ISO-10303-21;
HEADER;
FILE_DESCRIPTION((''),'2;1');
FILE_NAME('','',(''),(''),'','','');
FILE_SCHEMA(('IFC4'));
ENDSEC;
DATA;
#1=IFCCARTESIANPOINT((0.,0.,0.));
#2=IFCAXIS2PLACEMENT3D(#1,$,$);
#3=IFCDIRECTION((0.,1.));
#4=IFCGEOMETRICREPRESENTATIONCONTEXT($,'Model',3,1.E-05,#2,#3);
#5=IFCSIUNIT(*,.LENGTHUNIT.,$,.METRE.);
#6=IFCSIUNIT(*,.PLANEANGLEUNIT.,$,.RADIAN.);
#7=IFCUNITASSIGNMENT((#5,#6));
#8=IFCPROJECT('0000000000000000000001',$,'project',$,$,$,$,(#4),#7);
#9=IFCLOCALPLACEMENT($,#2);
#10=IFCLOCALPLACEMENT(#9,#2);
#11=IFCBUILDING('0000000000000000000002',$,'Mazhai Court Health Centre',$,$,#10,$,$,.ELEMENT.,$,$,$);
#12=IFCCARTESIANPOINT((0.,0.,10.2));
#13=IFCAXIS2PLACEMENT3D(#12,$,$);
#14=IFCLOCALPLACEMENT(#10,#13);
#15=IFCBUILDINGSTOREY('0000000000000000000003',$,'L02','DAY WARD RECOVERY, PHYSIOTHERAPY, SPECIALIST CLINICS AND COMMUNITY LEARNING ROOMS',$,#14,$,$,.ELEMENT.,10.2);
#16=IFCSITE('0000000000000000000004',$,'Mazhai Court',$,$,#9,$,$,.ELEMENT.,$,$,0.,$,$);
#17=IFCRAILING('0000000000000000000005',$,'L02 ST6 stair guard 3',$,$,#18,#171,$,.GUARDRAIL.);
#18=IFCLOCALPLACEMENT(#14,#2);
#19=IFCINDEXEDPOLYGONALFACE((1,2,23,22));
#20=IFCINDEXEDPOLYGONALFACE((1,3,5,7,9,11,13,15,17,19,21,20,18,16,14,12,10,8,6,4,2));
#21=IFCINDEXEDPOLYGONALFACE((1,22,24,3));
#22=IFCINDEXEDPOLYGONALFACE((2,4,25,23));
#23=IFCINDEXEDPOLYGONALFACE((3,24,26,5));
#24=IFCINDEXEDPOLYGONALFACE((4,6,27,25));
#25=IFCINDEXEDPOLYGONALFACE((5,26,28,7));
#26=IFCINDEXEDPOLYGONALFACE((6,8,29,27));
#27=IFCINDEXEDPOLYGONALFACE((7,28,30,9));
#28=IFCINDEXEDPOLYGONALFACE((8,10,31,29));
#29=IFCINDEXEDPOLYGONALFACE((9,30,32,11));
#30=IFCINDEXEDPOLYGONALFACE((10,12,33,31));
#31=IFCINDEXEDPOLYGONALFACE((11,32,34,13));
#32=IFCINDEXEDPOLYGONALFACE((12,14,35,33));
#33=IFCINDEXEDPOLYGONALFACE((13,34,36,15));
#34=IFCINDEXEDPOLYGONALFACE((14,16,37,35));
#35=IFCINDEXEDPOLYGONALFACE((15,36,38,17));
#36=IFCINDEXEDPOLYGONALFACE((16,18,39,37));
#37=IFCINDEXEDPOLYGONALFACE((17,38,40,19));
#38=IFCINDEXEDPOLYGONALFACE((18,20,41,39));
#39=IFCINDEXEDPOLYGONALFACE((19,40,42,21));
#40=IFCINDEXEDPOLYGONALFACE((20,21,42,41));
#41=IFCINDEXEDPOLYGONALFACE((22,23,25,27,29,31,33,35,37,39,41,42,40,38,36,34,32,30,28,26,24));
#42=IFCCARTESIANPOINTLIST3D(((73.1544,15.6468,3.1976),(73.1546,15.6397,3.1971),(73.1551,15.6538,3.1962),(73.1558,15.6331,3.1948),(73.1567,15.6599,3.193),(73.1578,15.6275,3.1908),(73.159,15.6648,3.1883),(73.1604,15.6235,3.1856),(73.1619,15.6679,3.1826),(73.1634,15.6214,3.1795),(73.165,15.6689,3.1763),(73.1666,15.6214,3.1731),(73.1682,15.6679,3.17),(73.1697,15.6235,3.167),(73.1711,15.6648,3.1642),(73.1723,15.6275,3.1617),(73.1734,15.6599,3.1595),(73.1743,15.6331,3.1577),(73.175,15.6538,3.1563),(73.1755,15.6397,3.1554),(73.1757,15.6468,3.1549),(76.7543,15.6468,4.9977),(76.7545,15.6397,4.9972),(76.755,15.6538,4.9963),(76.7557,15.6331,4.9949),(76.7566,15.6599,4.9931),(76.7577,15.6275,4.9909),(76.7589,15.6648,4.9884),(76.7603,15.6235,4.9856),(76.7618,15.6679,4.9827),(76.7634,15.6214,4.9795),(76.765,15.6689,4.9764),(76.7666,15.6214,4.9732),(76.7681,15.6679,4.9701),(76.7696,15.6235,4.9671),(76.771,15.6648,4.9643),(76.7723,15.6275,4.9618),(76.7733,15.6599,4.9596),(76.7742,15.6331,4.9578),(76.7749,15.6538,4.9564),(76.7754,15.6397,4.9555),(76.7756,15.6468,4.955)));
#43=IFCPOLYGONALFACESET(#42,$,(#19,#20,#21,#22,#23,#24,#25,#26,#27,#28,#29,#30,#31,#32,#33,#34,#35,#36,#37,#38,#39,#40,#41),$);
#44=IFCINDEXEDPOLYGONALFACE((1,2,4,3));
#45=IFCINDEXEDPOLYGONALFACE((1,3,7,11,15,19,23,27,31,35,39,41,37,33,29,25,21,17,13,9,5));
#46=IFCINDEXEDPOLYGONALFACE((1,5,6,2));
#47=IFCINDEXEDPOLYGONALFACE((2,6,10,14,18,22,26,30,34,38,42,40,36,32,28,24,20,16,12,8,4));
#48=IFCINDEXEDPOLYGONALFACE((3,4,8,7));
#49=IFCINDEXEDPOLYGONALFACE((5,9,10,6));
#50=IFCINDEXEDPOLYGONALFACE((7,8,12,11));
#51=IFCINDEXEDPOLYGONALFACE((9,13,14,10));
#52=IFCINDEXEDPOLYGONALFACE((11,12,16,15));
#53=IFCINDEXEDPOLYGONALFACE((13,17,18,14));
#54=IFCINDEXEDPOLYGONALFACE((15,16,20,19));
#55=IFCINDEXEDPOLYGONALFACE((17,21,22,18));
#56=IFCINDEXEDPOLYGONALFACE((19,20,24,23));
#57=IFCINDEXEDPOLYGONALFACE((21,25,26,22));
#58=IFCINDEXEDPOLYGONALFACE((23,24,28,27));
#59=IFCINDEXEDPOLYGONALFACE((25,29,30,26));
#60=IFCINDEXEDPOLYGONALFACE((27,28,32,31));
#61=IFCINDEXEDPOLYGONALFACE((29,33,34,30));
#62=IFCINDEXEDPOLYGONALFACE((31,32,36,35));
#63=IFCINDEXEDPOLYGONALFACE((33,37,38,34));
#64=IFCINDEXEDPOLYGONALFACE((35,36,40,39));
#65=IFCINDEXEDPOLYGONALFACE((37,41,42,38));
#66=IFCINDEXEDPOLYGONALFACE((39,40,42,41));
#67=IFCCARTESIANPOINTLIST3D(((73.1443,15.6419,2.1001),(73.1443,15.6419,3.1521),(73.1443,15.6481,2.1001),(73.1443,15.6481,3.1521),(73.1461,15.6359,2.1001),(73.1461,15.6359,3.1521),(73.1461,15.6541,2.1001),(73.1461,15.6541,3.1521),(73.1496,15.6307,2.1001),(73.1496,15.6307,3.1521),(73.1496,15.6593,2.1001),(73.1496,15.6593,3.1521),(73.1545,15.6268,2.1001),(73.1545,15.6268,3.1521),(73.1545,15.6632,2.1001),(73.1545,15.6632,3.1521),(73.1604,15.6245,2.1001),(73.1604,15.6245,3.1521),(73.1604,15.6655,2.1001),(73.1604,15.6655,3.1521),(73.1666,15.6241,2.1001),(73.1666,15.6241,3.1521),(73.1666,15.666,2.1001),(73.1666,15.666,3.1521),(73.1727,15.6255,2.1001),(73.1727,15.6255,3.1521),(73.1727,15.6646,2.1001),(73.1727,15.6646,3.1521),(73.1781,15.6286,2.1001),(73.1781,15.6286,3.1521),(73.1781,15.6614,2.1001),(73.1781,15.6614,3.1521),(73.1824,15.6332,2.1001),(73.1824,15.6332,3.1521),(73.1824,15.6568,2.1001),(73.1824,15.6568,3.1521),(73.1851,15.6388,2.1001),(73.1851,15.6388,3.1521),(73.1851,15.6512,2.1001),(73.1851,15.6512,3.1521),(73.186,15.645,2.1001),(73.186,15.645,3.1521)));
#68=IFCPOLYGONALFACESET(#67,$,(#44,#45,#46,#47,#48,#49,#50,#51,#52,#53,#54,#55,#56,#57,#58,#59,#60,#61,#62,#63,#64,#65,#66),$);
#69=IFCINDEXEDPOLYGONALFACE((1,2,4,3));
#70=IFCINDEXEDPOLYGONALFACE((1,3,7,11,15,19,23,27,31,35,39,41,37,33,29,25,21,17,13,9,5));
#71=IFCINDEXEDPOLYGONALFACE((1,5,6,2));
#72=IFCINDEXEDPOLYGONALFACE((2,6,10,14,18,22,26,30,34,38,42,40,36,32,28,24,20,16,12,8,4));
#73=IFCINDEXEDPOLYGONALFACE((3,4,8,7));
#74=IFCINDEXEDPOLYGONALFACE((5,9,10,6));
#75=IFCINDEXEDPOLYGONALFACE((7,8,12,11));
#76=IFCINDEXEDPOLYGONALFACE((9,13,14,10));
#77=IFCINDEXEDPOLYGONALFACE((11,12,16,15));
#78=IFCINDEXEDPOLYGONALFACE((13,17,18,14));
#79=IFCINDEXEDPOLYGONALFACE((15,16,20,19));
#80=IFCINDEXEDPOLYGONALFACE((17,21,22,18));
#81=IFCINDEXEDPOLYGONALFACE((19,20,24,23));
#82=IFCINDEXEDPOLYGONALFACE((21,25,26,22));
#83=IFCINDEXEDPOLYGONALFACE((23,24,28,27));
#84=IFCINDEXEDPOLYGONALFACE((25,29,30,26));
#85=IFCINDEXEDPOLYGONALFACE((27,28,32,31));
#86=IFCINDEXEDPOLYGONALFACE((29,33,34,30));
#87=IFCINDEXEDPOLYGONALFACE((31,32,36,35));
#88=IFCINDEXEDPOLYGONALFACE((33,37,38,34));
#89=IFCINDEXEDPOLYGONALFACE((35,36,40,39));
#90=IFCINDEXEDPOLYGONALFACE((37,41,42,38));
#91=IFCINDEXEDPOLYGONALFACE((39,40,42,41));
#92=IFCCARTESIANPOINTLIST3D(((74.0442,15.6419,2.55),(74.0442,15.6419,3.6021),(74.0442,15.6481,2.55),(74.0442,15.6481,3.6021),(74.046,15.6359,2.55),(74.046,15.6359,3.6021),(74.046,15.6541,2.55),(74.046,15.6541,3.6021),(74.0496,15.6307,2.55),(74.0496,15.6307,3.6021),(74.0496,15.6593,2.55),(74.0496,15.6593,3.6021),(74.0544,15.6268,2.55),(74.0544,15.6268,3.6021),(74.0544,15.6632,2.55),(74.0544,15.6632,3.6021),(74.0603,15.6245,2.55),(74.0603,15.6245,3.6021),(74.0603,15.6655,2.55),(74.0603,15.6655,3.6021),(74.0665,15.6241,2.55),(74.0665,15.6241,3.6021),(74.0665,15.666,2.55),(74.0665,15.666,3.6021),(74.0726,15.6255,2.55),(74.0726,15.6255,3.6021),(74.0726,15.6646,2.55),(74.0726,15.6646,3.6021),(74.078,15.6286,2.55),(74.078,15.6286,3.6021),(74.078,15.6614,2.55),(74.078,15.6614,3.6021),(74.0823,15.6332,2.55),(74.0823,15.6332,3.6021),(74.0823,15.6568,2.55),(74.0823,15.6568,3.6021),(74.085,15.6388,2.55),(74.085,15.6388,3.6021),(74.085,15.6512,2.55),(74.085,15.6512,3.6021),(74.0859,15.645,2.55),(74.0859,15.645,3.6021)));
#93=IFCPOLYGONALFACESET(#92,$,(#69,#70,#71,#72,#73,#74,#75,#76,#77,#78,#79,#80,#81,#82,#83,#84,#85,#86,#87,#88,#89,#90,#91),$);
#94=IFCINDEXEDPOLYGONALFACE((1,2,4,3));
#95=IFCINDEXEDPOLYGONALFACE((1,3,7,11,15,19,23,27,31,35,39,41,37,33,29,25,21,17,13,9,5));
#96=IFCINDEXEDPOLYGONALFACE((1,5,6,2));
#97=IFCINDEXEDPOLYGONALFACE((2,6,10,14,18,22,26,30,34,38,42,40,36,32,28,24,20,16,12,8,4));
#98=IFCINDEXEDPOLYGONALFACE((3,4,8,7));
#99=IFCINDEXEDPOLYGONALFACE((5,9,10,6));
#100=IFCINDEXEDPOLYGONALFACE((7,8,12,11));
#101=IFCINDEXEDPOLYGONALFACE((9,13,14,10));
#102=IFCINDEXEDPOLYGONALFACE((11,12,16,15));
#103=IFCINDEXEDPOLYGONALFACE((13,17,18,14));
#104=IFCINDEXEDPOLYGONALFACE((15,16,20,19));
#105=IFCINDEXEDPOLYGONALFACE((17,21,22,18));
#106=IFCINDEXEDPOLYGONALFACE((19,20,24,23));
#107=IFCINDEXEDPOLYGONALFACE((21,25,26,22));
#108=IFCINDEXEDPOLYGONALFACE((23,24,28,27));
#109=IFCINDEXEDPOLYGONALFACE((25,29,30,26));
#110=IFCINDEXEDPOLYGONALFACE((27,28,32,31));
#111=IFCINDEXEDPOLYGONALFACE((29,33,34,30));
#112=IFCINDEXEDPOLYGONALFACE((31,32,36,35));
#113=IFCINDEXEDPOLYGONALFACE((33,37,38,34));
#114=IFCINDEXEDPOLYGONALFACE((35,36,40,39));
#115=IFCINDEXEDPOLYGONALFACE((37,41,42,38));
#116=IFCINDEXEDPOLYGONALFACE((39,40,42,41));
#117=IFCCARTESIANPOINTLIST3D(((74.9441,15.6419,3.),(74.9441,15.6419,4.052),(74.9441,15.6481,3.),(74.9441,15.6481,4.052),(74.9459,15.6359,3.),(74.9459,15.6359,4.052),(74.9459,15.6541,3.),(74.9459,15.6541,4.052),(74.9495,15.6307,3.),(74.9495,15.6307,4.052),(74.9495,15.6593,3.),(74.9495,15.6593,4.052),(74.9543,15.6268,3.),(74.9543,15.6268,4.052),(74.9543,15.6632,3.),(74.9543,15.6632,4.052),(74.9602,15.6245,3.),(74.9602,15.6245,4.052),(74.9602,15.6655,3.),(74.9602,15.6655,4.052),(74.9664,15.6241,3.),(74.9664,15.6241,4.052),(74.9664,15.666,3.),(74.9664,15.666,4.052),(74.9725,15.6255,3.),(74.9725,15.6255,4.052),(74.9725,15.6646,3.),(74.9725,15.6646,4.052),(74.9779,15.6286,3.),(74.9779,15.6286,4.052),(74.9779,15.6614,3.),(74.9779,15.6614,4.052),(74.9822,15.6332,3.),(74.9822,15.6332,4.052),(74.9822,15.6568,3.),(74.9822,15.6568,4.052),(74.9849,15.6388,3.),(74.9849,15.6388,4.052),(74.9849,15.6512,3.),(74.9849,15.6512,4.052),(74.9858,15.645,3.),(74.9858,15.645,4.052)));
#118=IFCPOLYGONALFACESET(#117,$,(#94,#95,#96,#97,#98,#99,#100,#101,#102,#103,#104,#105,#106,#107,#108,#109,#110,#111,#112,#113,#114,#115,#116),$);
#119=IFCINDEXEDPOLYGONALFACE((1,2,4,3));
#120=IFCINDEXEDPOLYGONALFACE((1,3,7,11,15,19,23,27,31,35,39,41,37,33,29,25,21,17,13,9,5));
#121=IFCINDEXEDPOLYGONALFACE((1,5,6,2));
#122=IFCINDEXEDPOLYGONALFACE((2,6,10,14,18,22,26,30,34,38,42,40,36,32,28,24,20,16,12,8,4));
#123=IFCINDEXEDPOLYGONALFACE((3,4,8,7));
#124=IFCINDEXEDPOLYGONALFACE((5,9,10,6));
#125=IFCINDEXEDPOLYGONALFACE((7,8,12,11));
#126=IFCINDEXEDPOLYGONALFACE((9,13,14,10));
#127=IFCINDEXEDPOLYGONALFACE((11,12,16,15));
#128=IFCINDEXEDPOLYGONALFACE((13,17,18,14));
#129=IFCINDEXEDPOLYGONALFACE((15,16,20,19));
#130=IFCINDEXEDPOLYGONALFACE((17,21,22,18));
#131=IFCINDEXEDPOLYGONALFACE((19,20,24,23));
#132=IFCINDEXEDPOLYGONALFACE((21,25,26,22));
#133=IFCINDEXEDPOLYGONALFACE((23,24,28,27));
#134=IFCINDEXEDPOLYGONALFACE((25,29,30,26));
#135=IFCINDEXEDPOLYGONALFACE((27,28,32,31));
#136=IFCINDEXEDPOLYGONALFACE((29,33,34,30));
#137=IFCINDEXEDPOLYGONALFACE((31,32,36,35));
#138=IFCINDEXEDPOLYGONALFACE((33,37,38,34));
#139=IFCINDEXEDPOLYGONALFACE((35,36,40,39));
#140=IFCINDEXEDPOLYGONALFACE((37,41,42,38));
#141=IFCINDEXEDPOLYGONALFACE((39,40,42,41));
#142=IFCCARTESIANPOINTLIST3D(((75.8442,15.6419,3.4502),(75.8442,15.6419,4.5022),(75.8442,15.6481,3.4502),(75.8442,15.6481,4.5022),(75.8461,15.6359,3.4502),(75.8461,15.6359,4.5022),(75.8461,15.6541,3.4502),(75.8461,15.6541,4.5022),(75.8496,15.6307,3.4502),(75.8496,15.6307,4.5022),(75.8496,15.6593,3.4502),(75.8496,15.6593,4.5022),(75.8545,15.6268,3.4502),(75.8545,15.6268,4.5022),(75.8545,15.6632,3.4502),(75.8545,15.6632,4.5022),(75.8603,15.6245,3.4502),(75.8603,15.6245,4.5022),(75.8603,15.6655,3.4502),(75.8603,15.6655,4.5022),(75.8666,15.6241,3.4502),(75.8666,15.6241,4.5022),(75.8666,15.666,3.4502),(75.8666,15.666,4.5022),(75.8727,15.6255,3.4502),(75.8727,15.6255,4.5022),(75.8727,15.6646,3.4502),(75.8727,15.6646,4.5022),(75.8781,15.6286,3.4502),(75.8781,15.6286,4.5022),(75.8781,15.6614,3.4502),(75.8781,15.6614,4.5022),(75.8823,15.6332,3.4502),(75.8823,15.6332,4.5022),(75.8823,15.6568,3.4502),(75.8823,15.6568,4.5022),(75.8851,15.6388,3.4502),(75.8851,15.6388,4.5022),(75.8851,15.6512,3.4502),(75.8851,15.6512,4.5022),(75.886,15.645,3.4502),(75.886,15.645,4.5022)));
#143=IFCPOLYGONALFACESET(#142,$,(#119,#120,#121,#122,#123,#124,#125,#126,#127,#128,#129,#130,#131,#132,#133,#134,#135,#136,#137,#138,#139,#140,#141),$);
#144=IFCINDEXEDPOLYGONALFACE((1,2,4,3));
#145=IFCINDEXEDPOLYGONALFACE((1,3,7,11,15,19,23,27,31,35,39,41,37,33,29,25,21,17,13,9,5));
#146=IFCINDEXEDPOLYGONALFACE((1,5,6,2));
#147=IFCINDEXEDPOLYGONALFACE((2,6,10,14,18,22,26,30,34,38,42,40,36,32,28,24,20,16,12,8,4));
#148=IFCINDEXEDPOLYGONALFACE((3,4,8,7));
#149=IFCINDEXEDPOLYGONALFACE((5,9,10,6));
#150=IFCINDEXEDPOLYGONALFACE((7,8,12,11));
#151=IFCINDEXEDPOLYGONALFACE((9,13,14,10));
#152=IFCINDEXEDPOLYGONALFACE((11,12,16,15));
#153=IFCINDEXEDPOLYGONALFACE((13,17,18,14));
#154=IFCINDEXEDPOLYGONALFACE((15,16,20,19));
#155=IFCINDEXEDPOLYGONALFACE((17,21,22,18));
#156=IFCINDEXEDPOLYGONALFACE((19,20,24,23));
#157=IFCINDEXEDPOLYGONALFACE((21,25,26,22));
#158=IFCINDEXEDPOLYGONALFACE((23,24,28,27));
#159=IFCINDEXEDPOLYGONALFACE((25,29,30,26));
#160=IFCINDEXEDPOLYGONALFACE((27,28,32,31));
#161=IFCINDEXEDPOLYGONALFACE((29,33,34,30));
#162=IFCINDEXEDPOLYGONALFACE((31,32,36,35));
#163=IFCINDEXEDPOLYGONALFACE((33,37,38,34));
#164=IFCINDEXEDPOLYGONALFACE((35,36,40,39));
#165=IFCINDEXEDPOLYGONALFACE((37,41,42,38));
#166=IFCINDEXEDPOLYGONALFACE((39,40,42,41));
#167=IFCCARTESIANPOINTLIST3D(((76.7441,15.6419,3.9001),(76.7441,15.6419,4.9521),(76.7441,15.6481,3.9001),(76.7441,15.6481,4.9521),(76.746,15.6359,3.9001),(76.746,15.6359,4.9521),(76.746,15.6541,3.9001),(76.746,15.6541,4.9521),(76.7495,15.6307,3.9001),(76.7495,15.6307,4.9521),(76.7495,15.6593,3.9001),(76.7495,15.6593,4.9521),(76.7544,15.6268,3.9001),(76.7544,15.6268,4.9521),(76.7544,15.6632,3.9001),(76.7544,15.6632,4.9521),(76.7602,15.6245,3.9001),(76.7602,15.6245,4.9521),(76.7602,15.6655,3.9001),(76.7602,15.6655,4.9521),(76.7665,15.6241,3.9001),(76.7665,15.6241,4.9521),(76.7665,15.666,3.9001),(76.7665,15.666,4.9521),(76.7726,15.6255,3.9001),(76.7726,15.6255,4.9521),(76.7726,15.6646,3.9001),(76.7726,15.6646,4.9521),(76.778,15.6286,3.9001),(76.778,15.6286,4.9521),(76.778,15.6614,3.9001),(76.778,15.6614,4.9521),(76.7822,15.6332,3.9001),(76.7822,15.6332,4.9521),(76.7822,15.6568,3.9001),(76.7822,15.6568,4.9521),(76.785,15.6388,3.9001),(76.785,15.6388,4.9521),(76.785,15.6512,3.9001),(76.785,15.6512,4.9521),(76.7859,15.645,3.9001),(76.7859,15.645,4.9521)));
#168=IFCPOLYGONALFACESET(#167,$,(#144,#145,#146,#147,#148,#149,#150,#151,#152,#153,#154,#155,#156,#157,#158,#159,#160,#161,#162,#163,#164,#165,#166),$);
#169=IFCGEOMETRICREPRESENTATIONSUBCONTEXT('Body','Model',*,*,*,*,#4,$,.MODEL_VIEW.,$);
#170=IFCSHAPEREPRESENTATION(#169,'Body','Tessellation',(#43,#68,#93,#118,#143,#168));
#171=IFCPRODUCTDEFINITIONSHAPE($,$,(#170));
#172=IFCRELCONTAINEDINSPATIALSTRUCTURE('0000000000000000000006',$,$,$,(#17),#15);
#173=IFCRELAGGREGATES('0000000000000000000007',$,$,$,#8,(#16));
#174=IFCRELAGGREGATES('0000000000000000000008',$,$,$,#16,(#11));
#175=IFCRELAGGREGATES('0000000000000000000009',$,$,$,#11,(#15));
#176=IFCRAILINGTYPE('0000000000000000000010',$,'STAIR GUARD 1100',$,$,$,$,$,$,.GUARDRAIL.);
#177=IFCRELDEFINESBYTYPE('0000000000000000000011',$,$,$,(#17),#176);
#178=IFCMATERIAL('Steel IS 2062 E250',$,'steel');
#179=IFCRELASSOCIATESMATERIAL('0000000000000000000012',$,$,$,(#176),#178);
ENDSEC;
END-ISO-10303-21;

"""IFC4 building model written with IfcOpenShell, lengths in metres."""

from ifc_helpers import new_model, si_unit, direction, frame, origin, origin_2d, place, context, subcontext, project, spatial, circle, extrude, material, type_object, element, save


model = new_model("IFC4")

# Units and contexts
model_context = context("Model", 3, precision=1e-05, world=origin(), true_north=direction((0.0, 1.0)))
body_context = subcontext(model_context, "Body", "Model", "MODEL_VIEW")
ifc_project = project(units=[si_unit("LENGTHUNIT", "METRE"), si_unit("PLANEANGLEUNIT", "RADIAN")], contexts=[model_context])

# Site, building, storey
site_placement = place(None, origin())
site = spatial("IfcSite", under=ifc_project, at=site_placement, Name="Mazhai Court", CompositionType="ELEMENT", RefElevation=0.0)
building_placement = place(site_placement, origin())
building = spatial("IfcBuilding", under=site, at=building_placement, Name="Mazhai Court Health Centre", CompositionType="ELEMENT")
storey_placement = place(building_placement, frame((0.0, 0.0, 10.2)))
storey = spatial("IfcBuildingStorey", under=building, at=storey_placement, Name="L02", Description="DAY WARD RECOVERY, PHYSIOTHERAPY, SPECIALIST CLINICS AND COMMUNITY LEARNING ROOMS", CompositionType="ELEMENT", Elevation=10.2)

# Railing
ifc_material_1 = material(Name="Steel IS 2062 E250", Category="steel")
railing_type_1 = type_object("IfcRailingType", Name="STAIR GUARD 1100", PredefinedType="GUARDRAIL", material=ifc_material_1)
railing_1_placement = place(storey_placement, frame((73.165, 15.645, 2.1001)))
element("IfcRailing", 1, at=railing_1_placement, inside=storey, type_object=railing_type_1, Name="L02 ST6 stair guard 3", PredefinedType="GUARDRAIL", context=body_context, shape_type="SweptSolid", body=[
    extrude(circle(Radius=0.0239, at=origin_2d()), frame((0.0, 0.0, 1.0762), z_axis=(0.894415, 0.0, 0.447238), x_axis=(0.0, 1.0, 0.0)), (0.0, 0.0, 1.0), 4.0249),
    extrude(circle(Radius=0.021, at=origin_2d()), origin(), (0.0, 0.0, 1.0), 1.052),
    extrude(circle(Radius=0.021, at=origin_2d()), frame((0.8999, 0.0, 0.45)), (0.0, 0.0, 1.0), 1.052),
    extrude(circle(Radius=0.021, at=origin_2d()), frame((1.7998, 0.0, 0.8999)), (0.0, 0.0, 1.0), 1.052),
    extrude(circle(Radius=0.021, at=origin_2d()), frame((2.7, 0.0, 1.3501)), (0.0, 0.0, 1.0), 1.052),
    extrude(circle(Radius=0.021, at=origin_2d()), frame((3.5999, 0.0, 1.8)), (0.0, 0.0, 1.0), 1.052),
])

save(model, "model.ifc")
